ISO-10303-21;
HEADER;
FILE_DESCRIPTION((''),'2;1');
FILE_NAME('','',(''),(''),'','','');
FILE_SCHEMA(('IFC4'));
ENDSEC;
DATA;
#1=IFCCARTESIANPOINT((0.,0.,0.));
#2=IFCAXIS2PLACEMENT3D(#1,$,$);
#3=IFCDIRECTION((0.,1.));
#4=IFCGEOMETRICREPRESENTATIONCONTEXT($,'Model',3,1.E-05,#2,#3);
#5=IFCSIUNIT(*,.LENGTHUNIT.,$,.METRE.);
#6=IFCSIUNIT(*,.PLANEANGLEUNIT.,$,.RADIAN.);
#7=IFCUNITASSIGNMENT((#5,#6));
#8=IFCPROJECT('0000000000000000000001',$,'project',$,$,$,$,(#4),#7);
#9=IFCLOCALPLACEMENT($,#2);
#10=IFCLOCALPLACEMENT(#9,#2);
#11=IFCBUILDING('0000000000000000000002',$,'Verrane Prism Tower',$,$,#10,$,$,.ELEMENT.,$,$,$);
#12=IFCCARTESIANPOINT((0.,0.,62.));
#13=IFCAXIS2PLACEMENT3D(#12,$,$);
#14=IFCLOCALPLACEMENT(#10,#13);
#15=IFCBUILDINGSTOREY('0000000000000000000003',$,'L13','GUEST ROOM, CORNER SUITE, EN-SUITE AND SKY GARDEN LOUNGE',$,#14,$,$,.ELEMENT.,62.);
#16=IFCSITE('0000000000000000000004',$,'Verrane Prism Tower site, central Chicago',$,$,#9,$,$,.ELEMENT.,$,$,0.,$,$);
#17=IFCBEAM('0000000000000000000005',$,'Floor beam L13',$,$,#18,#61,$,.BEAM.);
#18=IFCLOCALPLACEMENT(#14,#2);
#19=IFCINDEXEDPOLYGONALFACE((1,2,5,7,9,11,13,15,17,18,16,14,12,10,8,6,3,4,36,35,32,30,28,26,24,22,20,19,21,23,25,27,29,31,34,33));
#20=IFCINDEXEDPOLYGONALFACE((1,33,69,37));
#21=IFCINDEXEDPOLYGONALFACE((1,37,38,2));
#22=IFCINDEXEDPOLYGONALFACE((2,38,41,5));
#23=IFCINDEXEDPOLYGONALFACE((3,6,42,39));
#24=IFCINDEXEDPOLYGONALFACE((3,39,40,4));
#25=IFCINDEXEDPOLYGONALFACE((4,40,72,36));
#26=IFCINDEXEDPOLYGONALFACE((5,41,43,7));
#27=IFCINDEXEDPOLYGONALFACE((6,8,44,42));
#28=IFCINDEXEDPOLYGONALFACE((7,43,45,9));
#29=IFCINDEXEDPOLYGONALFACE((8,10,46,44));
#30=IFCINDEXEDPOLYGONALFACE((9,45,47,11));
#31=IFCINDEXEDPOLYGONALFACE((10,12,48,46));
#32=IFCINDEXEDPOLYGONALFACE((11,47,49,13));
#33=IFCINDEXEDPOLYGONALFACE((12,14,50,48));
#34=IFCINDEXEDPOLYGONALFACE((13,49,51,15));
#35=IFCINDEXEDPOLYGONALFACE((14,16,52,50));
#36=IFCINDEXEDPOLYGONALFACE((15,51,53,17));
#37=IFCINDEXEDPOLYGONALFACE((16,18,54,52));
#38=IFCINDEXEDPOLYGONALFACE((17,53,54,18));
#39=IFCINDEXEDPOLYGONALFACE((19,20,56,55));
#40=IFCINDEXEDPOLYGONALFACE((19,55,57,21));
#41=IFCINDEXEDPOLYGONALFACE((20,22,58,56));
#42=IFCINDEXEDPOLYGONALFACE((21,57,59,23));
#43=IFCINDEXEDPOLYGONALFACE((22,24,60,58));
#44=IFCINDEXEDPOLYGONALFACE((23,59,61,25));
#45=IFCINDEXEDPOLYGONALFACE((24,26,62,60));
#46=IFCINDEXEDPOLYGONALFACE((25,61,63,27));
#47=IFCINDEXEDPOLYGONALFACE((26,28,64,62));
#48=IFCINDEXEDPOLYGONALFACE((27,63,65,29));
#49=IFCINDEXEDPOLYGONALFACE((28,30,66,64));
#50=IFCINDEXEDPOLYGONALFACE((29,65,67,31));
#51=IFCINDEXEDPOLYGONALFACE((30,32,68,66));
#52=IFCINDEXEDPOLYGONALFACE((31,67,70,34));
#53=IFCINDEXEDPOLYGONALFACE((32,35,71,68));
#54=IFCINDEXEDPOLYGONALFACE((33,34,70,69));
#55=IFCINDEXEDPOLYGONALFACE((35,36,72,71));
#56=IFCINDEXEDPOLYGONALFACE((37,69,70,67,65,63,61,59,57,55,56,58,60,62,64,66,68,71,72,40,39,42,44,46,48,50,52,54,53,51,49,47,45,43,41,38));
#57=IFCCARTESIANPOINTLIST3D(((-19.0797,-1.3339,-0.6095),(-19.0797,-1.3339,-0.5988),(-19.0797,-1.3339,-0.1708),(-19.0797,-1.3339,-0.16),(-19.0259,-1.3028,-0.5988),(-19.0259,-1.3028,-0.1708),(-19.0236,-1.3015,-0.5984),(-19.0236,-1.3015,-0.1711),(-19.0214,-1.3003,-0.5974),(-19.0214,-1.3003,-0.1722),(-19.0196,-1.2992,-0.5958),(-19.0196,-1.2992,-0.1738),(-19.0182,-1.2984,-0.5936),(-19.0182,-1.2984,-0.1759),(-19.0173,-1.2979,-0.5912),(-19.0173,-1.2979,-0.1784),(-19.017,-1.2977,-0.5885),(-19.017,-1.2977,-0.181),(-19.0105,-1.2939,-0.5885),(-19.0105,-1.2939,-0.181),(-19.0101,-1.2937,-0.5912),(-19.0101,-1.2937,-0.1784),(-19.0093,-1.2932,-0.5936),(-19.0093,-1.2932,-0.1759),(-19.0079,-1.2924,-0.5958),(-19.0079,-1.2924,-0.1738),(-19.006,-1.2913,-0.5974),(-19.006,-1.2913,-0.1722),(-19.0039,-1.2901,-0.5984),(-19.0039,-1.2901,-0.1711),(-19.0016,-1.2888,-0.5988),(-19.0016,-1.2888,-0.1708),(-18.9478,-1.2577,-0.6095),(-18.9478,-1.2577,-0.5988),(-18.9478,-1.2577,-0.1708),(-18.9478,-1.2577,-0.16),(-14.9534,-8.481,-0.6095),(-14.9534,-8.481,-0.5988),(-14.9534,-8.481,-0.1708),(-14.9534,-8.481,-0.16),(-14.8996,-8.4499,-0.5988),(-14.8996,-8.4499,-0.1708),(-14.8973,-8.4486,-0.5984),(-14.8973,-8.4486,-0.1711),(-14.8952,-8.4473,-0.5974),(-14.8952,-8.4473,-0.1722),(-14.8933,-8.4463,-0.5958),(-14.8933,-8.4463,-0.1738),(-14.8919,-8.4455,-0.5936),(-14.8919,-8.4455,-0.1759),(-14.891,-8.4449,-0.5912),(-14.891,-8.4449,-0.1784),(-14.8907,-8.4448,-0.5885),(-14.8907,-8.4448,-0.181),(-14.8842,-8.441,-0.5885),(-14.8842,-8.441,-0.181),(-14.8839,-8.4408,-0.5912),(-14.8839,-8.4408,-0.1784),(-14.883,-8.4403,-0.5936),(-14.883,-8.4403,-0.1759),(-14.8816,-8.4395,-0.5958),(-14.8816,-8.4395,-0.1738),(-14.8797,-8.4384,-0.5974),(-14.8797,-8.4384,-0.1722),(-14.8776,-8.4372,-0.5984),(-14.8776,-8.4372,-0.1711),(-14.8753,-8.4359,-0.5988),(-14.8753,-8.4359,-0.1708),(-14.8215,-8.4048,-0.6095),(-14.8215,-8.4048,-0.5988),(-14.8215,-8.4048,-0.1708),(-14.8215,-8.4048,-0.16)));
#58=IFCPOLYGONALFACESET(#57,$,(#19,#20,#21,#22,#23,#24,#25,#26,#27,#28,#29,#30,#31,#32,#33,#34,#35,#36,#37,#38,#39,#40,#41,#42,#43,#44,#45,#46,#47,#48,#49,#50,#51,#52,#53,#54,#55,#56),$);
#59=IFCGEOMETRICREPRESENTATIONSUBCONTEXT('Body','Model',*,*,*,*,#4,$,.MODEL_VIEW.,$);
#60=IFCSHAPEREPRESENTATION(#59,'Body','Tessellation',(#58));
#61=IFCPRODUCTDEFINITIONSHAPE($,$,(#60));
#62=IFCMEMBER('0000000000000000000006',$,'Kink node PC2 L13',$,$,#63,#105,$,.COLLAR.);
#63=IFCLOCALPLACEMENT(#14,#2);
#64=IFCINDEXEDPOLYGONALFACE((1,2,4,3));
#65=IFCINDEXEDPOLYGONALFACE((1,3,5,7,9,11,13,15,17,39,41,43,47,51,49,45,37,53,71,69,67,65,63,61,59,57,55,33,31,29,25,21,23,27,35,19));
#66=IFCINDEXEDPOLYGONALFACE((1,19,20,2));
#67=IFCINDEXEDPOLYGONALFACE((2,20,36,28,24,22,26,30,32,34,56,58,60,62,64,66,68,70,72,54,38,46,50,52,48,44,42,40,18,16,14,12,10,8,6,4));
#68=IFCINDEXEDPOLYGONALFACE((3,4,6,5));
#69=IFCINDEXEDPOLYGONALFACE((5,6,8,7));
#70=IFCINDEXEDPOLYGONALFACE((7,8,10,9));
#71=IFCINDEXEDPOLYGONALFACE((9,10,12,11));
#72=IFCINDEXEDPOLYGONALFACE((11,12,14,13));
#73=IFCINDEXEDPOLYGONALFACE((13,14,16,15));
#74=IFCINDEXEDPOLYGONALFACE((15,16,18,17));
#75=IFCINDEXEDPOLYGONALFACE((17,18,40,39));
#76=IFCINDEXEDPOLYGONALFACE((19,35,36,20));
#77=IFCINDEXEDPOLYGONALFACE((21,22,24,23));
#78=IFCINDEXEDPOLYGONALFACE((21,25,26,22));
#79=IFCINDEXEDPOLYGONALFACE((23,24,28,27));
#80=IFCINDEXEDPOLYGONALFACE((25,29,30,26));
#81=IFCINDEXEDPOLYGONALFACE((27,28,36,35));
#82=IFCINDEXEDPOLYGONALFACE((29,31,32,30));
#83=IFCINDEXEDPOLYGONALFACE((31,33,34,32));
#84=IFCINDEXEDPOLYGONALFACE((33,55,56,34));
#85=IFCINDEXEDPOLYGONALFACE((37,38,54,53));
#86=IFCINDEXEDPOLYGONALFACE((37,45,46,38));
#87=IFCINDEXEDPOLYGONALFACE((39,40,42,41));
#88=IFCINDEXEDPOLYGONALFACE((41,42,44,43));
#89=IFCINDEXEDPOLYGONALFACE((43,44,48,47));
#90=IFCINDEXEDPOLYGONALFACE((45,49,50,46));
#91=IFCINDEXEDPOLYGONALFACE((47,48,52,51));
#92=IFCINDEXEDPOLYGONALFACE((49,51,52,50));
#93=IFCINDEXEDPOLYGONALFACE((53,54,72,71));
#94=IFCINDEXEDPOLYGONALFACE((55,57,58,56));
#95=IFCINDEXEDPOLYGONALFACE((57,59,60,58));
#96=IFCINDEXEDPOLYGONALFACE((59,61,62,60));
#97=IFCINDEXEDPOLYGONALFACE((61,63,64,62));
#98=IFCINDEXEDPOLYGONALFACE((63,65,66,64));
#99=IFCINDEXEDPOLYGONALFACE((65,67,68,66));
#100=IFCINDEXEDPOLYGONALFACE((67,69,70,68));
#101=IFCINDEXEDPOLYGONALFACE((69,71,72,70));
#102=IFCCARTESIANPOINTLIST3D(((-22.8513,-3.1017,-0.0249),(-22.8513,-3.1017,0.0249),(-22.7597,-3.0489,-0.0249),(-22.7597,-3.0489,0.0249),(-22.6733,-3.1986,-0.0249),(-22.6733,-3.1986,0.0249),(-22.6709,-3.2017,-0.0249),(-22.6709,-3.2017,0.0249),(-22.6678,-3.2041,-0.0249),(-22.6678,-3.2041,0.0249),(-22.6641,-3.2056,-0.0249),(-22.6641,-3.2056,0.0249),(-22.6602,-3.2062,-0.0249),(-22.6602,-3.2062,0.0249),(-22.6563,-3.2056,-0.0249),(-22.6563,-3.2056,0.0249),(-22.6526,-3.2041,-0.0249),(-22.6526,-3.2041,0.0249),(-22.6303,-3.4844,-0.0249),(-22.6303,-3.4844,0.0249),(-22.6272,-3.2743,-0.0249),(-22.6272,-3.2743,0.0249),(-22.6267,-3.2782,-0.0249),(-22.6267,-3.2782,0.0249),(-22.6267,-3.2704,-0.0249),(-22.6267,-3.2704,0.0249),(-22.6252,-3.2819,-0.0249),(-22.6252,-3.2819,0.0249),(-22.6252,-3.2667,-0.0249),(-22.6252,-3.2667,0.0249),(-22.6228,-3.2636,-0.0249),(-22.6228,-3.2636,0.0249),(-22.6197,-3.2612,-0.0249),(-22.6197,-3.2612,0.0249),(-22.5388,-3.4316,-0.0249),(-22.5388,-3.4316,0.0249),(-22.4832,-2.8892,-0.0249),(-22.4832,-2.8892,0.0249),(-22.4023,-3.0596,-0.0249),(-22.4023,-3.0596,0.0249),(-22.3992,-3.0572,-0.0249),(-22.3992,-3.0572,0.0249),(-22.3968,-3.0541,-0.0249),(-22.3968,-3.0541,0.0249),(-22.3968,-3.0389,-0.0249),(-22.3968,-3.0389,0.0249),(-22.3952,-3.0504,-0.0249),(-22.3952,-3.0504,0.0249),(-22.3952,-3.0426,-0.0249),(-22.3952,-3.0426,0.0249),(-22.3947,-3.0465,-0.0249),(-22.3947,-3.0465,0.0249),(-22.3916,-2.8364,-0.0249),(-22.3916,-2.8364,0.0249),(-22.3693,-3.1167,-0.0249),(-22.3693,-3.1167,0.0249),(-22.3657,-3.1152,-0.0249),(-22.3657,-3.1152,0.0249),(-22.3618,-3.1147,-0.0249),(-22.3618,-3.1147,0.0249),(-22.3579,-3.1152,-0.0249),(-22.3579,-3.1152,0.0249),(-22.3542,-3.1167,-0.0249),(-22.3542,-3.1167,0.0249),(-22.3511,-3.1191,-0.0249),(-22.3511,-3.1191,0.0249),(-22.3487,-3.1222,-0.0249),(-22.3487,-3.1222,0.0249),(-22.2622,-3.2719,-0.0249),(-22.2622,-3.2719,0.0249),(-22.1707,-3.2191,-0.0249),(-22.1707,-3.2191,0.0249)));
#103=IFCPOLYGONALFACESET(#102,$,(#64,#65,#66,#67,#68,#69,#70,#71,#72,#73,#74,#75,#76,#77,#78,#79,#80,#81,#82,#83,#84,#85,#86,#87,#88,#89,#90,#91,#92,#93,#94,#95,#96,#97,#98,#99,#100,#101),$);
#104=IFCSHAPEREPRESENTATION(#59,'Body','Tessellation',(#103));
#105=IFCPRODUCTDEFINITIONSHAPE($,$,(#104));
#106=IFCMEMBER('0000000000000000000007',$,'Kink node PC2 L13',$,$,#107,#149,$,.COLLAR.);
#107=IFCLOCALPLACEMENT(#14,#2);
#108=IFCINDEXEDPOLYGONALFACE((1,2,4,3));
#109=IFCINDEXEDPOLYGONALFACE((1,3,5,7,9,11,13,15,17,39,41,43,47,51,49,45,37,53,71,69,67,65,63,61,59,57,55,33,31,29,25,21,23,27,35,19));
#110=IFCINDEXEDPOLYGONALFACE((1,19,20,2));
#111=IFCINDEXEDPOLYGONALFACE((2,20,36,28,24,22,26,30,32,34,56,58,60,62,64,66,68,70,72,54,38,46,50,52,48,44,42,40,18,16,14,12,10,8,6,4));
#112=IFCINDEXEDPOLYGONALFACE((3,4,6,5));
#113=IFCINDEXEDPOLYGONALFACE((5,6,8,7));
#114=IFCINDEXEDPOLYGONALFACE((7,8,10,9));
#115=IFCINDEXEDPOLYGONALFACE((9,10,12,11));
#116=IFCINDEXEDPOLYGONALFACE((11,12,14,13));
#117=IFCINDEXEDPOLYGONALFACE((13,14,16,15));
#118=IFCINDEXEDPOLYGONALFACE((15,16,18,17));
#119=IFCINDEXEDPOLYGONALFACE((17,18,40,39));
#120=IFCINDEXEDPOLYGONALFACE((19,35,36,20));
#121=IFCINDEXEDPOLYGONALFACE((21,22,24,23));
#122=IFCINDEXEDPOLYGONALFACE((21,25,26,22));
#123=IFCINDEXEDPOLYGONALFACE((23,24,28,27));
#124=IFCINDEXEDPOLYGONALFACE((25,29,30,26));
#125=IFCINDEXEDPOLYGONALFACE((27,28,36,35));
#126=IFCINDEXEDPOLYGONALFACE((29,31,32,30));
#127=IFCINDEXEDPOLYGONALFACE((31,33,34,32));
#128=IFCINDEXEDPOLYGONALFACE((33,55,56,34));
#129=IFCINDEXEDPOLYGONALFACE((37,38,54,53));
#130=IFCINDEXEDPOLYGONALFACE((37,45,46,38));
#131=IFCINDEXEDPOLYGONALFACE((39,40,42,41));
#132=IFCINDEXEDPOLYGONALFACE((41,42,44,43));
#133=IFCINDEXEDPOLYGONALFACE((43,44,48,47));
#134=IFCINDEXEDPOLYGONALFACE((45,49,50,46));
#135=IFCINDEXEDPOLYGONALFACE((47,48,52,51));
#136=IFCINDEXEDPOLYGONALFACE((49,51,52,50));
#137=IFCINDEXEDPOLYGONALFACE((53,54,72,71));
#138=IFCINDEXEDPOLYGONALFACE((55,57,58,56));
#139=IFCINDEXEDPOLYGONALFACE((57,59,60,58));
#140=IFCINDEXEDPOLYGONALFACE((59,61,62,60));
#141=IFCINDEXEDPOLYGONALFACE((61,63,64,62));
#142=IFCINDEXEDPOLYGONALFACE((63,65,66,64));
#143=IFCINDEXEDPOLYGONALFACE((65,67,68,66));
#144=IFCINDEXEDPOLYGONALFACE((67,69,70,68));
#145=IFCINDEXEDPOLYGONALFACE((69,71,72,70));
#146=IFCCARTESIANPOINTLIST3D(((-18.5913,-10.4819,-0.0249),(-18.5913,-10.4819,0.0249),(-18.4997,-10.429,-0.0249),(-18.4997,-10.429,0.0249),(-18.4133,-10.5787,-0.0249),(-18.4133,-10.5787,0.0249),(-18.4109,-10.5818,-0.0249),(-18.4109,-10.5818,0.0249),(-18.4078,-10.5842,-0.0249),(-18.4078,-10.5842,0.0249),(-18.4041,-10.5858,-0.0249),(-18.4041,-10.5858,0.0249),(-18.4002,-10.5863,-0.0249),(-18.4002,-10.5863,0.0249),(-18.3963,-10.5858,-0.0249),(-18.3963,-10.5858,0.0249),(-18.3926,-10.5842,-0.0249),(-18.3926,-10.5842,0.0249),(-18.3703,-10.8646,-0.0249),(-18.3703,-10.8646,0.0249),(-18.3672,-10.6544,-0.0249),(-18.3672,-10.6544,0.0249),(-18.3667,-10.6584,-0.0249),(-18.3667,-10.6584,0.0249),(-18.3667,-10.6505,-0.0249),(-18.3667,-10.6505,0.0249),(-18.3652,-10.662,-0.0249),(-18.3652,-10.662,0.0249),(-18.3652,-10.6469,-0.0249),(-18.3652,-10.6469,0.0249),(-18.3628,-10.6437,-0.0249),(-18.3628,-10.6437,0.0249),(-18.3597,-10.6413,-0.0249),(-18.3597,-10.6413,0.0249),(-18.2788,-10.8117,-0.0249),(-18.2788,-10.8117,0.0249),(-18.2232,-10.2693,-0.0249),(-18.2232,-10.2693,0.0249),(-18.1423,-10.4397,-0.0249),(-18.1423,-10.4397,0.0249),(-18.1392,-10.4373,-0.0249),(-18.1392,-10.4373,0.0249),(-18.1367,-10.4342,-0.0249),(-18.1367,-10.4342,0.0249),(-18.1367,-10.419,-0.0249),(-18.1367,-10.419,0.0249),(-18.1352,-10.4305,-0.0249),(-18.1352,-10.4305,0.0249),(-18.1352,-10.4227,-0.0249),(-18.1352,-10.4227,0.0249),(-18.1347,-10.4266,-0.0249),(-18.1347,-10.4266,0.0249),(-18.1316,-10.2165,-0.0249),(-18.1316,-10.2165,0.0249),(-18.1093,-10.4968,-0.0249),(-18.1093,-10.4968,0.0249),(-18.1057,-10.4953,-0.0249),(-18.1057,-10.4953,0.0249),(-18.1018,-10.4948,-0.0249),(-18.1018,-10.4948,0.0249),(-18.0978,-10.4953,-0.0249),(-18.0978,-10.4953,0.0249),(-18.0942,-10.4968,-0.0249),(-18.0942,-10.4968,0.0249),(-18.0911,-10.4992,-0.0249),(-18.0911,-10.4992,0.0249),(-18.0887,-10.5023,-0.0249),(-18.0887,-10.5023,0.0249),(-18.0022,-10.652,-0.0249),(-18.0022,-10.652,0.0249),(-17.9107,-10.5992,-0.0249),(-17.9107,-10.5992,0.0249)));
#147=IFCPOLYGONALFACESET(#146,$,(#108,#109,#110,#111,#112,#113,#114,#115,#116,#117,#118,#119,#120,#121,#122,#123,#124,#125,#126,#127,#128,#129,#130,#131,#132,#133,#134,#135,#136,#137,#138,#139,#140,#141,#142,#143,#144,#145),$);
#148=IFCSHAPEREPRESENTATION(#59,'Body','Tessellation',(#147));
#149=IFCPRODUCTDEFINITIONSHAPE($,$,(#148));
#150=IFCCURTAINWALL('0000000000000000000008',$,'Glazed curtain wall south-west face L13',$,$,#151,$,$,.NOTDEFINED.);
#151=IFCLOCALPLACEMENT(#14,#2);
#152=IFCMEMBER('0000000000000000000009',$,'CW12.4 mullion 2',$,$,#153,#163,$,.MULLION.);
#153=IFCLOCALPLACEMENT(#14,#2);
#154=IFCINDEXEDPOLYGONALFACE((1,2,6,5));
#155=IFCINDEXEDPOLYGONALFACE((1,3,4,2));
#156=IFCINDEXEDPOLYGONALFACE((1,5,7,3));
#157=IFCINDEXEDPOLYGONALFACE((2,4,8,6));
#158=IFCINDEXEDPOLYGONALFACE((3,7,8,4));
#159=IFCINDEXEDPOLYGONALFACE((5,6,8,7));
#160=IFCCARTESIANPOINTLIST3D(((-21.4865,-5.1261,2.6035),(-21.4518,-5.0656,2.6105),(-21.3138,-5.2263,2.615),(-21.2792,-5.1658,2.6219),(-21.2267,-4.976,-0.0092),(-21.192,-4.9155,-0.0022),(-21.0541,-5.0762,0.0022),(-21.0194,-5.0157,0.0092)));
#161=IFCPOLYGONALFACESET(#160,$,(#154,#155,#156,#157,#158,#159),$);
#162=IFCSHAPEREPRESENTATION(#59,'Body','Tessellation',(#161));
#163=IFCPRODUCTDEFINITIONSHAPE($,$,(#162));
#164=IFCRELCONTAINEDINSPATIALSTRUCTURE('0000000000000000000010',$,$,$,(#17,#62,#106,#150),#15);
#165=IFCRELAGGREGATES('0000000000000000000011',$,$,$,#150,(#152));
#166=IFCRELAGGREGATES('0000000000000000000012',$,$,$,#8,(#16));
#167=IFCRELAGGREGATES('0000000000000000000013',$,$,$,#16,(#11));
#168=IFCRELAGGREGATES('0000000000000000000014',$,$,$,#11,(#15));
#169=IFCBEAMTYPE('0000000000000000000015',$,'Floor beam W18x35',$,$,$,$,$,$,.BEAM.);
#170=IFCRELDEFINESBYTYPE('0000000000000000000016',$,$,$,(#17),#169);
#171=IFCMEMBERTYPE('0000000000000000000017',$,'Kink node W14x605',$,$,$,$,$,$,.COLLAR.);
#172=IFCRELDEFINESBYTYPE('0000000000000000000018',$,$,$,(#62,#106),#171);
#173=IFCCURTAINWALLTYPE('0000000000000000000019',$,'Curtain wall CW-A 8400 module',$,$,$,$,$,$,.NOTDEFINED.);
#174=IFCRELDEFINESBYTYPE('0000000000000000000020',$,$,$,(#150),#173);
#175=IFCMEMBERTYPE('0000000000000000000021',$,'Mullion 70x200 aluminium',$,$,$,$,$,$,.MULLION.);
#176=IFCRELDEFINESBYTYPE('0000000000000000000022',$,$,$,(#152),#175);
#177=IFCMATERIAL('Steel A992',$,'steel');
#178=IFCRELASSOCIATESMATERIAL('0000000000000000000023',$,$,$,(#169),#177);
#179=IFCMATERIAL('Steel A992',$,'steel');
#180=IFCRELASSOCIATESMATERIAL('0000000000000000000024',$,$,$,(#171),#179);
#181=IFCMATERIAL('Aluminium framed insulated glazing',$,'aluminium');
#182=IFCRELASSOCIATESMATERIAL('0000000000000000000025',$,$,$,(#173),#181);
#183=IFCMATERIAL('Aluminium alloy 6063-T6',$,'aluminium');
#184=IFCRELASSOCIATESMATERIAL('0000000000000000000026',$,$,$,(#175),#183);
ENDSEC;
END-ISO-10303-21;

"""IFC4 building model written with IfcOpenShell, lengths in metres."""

from ifc_helpers import new_model, si_unit, direction, frame, origin, origin_2d, place, context, subcontext, project, spatial, rectangle, i_section, extrude, material, material_profile, profile_set, type_object, element, aggregate, save


model = new_model("IFC4")

# Units and contexts
model_context = context("Model", 3, precision=1e-05, world=origin(), true_north=direction((0.0, 1.0)))
body_context = subcontext(model_context, "Body", "Model", "MODEL_VIEW")
ifc_project = project(units=[si_unit("LENGTHUNIT", "METRE"), si_unit("PLANEANGLEUNIT", "RADIAN")], contexts=[model_context])

# Site, building, storey
site_placement = place(None, origin())
site = spatial("IfcSite", under=ifc_project, at=site_placement, Name="Verrane Prism Tower site, central Chicago", CompositionType="ELEMENT", RefElevation=0.0)
building_placement = place(site_placement, origin())
building = spatial("IfcBuilding", under=site, at=building_placement, Name="Verrane Prism Tower", CompositionType="ELEMENT")
storey_placement = place(building_placement, frame((0.0, 0.0, 62.0)))
storey = spatial("IfcBuildingStorey", under=building, at=storey_placement, Name="L13", Description="GUEST ROOM, CORNER SUITE, EN-SUITE AND SKY GARDEN LOUNGE", CompositionType="ELEMENT", Elevation=62.0)

# Beam
ifc_material_1 = material(Name="Steel A992", Category="steel")
ifc_material_profile_1 = material_profile(ifc_material_1, i_section(OverallWidth=0.1523, OverallDepth=0.4495, WebThickness=0.0076, FlangeThickness=0.0107, FilletRadius=0.0103, at=origin_2d()), Name="W18x35")
ifc_profile_set_1 = profile_set([ifc_material_profile_1], Name="Steel A992")
beam_type_1 = type_object("IfcBeamType", Name="Floor beam W18x35", PredefinedType="BEAM", material=ifc_profile_set_1)
beam_1_placement = place(storey_placement, frame((-14.8875, -8.4429, -0.3848), z_axis=(-0.499992, 0.86603, 0.0), x_axis=(-0.86603, -0.499992, 0.0)))
element("IfcBeam", 1, at=beam_1_placement, inside=storey, type_object=beam_type_1, Name="Floor beam L13", PredefinedType="BEAM", context=body_context, shape_type="SweptSolid", body=[
    extrude(i_section(OverallWidth=0.1523, OverallDepth=0.4495, WebThickness=0.0076, FlangeThickness=0.0107, FilletRadius=0.0103, at=origin_2d()), origin(), (0.0, 0.0, 1.0), 8.2527),
])

# Members
ifc_material_2 = material(Name="Steel A992", Category="steel")
ifc_material_profile_2 = material_profile(ifc_material_2, i_section(OverallWidth=0.4419, OverallDepth=0.5308, WebThickness=0.0659, FlangeThickness=0.1057, FilletRadius=0.0151, at=origin_2d()), Name="W14x605")
ifc_profile_set_2 = profile_set([ifc_material_profile_2], Name="Steel A992")
member_type_1 = type_object("IfcMemberType", Name="Kink node W14x605", PredefinedType="COLLAR", material=ifc_profile_set_2)
for number, where, z_axis, x_axis, name in (
    (2, (-22.511, -3.1604, -0.0249), (0.0, 0.0, 1.0), (-0.5, 0.866025, 0.0), "Kink node PC2 L13"),
    (3, (-18.251, -10.5405, -0.0249), (0.0, 0.0, 1.0), (-0.5, 0.866025, 0.0), "Kink node PC2 L13"),
):
    element("IfcMember", number, at=place(storey_placement, frame(where, z_axis=z_axis, x_axis=x_axis)), inside=storey, type_object=member_type_1, Name=name, PredefinedType="COLLAR", context=body_context, shape_type="SweptSolid", body=[
        extrude(i_section(OverallWidth=0.4419, OverallDepth=0.5308, WebThickness=0.0659, FlangeThickness=0.1057, FilletRadius=0.0151, at=origin_2d()), origin(), (0.0, 0.0, 1.0), 0.0498),
    ])

# Curtain wall, member
ifc_material_3 = material(Name="Aluminium framed insulated glazing", Category="aluminium")
curtain_wall_type = type_object("IfcCurtainWallType", Name="Curtain wall CW-A 8400 module", PredefinedType="NOTDEFINED", material=ifc_material_3)
curtain_wall_placement = place(storey_placement, origin())
curtain_wall = element("IfcCurtainWall", 4, at=curtain_wall_placement, inside=storey, type_object=curtain_wall_type, Name="Glazed curtain wall south-west face L13", PredefinedType="NOTDEFINED")
ifc_material_4 = material(Name="Aluminium alloy 6063-T6", Category="aluminium")
ifc_material_profile_3 = material_profile(ifc_material_4, rectangle(XDim=0.2, YDim=0.0701, at=origin_2d()), Name="Mullion 70x200 aluminium")
ifc_profile_set_3 = profile_set([ifc_material_profile_3], Name="Aluminium alloy 6063-T6")
member_type_2 = type_object("IfcMemberType", Name="Mullion 70x200 aluminium", PredefinedType="MULLION", material=ifc_profile_set_3)
member_1_placement = place(storey_placement, frame((-21.123, -4.9958, 0.0), z_axis=(-0.098772, -0.057091, 0.993471), x_axis=(0.863445, -0.501207, 0.057042)))
member_1 = element("IfcMember", 5, at=member_1_placement, type_object=member_type_2, Name="CW12.4 mullion 2", PredefinedType="MULLION", context=body_context, shape_type="SweptSolid", body=[
    extrude(rectangle(XDim=0.2, YDim=0.0701, at=origin_2d()), origin(), (0.0, 0.0, 1.0), 2.6299),
])

aggregate(curtain_wall, [member_1])

save(model, "model.ifc")
